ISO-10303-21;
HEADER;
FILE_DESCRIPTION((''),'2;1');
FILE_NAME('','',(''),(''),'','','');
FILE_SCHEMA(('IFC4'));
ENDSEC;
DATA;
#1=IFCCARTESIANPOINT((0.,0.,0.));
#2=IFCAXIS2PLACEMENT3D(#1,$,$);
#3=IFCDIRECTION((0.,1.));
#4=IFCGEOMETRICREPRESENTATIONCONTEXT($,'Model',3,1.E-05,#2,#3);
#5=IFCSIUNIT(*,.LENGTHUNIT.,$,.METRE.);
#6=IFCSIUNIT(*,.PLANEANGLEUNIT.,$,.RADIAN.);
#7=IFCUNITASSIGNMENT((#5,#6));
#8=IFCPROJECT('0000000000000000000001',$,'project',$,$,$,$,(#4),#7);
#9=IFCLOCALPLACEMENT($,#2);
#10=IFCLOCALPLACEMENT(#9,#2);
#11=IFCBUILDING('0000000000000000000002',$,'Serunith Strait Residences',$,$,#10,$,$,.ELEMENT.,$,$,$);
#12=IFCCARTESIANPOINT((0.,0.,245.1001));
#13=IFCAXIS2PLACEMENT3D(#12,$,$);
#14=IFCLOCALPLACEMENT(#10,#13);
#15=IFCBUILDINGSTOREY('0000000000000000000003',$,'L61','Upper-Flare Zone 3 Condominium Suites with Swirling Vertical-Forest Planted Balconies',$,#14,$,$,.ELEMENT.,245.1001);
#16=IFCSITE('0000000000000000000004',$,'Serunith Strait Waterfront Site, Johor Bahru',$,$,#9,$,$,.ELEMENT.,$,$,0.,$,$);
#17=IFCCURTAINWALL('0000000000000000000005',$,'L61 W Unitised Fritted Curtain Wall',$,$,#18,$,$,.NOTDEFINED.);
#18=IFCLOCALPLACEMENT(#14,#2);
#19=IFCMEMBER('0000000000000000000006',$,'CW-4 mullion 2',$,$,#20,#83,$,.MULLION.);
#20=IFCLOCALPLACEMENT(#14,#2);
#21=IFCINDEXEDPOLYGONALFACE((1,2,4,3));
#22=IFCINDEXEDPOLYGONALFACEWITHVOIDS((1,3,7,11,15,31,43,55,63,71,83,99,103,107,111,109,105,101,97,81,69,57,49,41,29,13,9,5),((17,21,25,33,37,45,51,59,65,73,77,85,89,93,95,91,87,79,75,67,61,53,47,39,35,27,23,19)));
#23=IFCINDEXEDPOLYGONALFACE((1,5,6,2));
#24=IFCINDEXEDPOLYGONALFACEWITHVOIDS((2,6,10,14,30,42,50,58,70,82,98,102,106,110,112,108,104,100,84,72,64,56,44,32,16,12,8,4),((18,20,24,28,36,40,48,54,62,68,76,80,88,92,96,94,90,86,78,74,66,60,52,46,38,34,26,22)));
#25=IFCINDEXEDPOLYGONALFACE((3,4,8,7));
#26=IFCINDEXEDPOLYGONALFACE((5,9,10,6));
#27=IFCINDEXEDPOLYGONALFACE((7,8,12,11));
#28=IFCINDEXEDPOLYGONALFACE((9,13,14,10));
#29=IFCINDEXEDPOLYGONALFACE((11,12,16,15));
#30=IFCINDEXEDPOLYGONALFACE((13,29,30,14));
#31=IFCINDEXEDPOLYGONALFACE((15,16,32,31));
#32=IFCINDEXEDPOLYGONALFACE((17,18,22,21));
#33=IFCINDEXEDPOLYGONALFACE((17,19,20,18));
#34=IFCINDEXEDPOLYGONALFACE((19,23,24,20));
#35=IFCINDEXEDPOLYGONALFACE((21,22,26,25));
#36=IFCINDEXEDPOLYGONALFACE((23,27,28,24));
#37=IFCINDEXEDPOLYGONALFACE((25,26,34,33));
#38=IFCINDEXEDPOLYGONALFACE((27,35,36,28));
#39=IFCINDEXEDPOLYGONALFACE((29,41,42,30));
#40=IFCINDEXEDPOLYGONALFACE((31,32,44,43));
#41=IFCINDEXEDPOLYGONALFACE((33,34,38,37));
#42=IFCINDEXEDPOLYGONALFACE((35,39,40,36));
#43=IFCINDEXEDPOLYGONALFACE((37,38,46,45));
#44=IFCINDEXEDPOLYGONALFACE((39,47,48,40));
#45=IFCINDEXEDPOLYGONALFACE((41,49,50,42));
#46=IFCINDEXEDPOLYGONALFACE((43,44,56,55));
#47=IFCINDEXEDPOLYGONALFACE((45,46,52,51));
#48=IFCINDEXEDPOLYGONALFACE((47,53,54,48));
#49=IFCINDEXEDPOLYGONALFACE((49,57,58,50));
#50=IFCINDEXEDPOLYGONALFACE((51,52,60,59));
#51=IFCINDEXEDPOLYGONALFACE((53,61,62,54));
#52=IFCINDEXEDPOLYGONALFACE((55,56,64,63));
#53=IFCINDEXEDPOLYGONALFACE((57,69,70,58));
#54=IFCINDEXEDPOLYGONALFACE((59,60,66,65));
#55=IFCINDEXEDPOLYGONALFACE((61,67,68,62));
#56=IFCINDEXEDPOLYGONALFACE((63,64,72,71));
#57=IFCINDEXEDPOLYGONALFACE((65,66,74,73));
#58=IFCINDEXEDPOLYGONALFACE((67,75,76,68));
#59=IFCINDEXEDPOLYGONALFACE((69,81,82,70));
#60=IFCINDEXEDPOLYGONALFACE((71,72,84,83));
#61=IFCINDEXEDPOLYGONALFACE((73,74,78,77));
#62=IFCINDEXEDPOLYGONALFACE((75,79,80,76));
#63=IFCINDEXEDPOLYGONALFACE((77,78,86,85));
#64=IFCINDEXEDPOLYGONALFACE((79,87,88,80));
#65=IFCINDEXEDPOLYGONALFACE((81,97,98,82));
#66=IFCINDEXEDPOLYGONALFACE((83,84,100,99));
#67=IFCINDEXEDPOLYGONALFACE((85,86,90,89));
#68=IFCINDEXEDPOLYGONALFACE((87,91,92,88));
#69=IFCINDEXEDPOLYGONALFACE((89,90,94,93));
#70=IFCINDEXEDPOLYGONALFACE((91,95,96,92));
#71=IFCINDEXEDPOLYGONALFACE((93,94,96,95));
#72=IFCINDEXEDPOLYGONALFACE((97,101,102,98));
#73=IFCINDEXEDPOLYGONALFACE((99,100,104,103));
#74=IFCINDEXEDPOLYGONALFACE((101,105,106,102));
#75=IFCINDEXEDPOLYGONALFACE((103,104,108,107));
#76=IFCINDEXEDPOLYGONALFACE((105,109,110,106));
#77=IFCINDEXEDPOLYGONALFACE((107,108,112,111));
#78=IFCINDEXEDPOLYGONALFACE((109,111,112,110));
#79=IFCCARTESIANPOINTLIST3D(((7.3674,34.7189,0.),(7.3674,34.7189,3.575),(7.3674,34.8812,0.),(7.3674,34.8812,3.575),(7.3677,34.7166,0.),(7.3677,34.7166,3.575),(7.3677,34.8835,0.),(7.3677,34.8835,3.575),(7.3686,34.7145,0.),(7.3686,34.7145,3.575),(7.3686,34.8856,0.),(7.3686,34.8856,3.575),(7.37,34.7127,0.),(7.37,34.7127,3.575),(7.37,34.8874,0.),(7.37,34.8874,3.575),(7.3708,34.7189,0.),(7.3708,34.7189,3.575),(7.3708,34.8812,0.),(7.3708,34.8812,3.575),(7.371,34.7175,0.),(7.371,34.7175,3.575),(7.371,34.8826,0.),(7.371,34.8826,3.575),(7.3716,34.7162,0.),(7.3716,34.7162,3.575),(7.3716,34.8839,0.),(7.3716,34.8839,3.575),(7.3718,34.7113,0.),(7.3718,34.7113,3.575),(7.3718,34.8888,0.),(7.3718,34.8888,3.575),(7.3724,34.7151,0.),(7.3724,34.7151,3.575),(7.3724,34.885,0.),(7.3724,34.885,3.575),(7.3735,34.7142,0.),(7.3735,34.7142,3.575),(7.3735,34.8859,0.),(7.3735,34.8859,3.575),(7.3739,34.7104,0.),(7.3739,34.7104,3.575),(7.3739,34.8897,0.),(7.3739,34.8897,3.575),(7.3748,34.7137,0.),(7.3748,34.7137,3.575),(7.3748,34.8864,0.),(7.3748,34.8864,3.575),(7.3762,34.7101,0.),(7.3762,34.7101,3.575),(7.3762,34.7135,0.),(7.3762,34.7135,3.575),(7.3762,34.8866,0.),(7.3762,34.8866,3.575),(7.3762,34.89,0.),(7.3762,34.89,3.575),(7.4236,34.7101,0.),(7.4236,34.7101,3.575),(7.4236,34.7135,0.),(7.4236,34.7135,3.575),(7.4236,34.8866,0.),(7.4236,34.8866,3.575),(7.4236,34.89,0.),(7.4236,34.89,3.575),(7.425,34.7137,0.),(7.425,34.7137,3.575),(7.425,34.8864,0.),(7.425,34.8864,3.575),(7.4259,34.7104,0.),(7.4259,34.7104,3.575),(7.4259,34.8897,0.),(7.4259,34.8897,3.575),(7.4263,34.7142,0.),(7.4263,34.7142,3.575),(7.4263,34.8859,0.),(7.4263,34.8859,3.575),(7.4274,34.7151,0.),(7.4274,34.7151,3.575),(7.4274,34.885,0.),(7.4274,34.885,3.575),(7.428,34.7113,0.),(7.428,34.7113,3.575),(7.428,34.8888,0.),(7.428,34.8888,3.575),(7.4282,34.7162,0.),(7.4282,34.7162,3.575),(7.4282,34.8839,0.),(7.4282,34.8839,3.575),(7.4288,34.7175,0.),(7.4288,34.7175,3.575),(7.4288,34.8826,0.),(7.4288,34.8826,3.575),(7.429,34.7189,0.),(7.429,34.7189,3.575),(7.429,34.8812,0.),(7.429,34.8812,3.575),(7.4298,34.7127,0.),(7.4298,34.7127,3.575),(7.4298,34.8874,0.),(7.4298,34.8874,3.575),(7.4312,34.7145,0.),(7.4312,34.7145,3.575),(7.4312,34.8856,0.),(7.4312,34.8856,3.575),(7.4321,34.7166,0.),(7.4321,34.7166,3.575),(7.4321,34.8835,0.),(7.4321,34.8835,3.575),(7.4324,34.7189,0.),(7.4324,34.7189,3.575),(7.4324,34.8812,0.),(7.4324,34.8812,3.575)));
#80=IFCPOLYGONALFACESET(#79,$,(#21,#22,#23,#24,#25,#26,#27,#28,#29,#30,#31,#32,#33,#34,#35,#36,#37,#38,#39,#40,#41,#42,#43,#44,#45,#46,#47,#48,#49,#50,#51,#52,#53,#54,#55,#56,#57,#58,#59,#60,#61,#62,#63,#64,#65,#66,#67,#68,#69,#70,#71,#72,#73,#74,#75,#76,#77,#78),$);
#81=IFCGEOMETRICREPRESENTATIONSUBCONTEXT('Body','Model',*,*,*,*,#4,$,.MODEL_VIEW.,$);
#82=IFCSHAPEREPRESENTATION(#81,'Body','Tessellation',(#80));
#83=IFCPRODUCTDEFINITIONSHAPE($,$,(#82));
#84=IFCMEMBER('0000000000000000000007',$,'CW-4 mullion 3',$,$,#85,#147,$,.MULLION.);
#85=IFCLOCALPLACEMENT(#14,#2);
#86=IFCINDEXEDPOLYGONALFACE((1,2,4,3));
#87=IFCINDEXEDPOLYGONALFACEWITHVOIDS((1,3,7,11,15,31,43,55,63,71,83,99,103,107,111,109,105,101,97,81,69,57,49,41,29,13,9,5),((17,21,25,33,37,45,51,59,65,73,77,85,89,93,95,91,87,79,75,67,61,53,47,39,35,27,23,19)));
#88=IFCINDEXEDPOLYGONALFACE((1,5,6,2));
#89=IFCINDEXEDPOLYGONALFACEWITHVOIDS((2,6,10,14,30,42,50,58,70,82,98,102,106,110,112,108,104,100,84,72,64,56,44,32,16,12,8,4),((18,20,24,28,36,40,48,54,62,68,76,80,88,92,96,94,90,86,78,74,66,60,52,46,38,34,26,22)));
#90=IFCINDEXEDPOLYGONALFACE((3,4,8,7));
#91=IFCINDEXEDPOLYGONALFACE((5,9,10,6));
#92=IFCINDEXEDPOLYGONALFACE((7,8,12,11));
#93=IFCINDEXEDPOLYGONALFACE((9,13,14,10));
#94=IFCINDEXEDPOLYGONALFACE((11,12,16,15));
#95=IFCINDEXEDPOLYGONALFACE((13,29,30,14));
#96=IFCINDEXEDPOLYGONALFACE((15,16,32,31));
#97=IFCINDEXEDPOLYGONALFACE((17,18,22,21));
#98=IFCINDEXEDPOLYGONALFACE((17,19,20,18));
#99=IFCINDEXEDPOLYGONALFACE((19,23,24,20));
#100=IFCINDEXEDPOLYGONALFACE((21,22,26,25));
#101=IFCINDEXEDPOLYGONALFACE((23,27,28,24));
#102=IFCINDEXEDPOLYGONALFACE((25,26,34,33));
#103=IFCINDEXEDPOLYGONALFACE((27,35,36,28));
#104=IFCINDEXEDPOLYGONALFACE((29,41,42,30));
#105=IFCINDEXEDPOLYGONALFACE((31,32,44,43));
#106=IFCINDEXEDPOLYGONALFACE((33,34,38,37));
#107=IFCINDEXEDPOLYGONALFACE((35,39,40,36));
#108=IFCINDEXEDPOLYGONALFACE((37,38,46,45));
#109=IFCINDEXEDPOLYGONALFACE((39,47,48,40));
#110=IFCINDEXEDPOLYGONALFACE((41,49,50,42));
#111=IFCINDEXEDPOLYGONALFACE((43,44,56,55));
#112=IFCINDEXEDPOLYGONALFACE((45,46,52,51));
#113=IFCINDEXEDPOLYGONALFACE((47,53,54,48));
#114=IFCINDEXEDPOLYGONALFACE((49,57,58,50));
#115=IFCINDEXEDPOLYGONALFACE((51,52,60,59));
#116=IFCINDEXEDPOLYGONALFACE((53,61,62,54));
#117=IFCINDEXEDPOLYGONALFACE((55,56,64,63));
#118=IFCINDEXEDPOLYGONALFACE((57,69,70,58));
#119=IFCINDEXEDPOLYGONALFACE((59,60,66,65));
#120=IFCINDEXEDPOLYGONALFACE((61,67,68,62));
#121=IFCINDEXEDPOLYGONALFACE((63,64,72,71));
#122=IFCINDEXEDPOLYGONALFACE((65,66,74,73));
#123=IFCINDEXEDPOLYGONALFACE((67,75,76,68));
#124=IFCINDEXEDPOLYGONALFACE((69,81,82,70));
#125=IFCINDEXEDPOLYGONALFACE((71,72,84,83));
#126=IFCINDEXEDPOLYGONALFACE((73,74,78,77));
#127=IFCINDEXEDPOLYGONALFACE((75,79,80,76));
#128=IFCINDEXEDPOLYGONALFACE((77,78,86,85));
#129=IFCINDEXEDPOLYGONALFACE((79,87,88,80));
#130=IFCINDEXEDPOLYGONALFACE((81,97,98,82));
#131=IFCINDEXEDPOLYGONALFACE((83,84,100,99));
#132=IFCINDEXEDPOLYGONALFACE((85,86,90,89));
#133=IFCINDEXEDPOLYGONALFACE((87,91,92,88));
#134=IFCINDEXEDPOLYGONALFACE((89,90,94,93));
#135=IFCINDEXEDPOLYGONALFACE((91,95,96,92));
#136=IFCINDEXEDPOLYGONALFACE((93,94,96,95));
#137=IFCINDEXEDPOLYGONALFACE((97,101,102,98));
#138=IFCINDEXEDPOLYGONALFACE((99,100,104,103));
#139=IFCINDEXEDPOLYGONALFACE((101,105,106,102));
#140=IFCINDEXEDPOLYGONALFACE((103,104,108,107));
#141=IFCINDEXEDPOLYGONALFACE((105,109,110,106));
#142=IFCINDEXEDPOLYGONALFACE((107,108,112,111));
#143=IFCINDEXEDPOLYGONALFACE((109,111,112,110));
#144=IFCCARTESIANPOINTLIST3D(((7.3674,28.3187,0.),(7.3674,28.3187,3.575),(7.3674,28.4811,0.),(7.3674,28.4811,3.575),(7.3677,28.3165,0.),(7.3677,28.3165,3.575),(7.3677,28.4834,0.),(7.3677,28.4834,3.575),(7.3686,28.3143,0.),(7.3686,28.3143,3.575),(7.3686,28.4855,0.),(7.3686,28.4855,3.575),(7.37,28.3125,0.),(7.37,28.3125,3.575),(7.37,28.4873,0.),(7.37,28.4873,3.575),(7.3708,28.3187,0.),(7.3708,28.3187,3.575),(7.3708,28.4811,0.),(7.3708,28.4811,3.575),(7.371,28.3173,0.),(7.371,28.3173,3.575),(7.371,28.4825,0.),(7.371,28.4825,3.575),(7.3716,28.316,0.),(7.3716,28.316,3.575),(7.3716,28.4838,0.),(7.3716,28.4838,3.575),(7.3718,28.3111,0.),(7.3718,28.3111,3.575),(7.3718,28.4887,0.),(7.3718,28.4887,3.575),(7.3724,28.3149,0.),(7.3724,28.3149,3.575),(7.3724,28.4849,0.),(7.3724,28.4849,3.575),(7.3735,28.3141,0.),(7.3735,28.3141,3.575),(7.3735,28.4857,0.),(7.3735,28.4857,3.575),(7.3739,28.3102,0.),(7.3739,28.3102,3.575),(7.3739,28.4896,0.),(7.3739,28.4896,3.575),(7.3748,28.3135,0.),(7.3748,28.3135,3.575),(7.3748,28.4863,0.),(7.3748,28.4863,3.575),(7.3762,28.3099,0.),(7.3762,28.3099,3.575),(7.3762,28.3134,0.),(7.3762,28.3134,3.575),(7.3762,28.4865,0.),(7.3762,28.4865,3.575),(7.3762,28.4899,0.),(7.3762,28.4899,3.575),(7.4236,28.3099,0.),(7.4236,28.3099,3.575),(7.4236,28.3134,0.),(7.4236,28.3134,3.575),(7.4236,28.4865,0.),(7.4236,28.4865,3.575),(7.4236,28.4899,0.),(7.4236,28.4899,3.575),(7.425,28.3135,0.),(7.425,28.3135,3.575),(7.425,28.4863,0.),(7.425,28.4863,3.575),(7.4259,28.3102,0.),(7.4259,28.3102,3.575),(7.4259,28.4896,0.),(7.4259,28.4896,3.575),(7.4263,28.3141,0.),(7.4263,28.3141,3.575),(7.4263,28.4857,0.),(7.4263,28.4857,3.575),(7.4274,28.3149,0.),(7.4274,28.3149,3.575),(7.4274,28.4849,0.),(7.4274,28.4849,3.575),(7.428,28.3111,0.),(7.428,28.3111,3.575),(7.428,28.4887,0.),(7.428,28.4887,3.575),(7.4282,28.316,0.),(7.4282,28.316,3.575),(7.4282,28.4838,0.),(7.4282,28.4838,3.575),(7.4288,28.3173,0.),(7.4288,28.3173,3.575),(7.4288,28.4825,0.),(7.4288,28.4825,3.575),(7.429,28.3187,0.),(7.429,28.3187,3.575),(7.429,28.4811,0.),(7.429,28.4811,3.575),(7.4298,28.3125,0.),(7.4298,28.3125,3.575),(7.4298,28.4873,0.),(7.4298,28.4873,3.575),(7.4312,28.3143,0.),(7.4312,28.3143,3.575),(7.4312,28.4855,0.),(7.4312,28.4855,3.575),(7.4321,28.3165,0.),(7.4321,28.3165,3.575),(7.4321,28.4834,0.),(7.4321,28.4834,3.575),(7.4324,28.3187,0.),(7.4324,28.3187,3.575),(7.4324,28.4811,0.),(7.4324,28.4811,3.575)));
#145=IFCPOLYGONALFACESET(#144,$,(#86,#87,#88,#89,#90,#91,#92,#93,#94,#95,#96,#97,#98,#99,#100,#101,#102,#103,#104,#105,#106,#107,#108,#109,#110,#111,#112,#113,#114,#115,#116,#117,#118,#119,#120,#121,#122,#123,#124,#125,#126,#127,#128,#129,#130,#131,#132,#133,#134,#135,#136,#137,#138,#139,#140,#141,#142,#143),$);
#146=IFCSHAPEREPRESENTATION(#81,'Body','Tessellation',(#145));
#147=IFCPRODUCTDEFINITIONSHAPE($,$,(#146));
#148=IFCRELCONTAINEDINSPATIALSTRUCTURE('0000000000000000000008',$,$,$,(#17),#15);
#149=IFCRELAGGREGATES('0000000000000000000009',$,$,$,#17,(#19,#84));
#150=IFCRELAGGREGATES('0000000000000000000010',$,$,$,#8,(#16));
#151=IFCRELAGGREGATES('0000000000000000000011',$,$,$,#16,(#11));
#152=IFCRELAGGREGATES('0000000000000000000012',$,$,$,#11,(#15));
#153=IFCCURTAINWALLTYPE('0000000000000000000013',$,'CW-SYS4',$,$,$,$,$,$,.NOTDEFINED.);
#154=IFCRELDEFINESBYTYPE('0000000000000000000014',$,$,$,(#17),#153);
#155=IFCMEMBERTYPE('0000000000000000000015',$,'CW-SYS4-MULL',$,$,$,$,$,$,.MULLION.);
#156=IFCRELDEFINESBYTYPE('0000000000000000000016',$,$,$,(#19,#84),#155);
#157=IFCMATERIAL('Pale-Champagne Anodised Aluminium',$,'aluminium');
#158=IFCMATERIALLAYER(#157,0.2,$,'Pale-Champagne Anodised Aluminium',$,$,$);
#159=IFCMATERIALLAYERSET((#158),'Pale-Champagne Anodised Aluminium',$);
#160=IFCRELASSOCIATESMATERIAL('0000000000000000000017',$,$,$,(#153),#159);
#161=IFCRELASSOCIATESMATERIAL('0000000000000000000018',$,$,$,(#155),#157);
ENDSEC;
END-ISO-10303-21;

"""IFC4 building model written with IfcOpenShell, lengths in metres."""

from ifc_helpers import new_model, si_unit, direction, frame, origin, origin_2d, place, context, subcontext, project, spatial, hollow_rectangle, extrude, source, transform, mapped, material, layer, layer_set, material_profile, profile_set, type_object, element, aggregate, save


model = new_model("IFC4")

# Units and contexts
model_context = context("Model", 3, precision=1e-05, world=origin(), true_north=direction((0.0, 1.0)))
body_context = subcontext(model_context, "Body", "Model", "MODEL_VIEW")
ifc_project = project(units=[si_unit("LENGTHUNIT", "METRE"), si_unit("PLANEANGLEUNIT", "RADIAN")], contexts=[model_context])

# Site, building, storey
site_placement = place(None, origin())
site = spatial("IfcSite", under=ifc_project, at=site_placement, Name="Serunith Strait Waterfront Site, Johor Bahru", CompositionType="ELEMENT", RefElevation=0.0)
building_placement = place(site_placement, origin())
building = spatial("IfcBuilding", under=site, at=building_placement, Name="Serunith Strait Residences", CompositionType="ELEMENT")
storey_placement = place(building_placement, frame((0.0, 0.0, 245.1001)))
storey = spatial("IfcBuildingStorey", under=building, at=storey_placement, Name="L61", Description="Upper-Flare Zone 3 Condominium Suites with Swirling Vertical-Forest Planted Balconies", CompositionType="ELEMENT", Elevation=245.1001)

# Curtain wall, members
ifc_material_1 = material(Name="Pale-Champagne Anodised Aluminium", Category="aluminium")
ifc_layer_1 = layer(ifc_material_1, 0.2, Name="Pale-Champagne Anodised Aluminium")
ifc_layer_set_1 = layer_set([ifc_layer_1], Name="Pale-Champagne Anodised Aluminium")
curtain_wall_type = type_object("IfcCurtainWallType", Name="CW-SYS4", PredefinedType="NOTDEFINED", material=ifc_layer_set_1)
curtain_wall_placement = place(storey_placement, origin())
curtain_wall = element("IfcCurtainWall", 1, at=curtain_wall_placement, inside=storey, type_object=curtain_wall_type, Name="L61 W Unitised Fritted Curtain Wall", PredefinedType="NOTDEFINED")
ifc_material_profile_1 = material_profile(ifc_material_1, hollow_rectangle(XDim=0.0649, YDim=0.1799, WallThickness=0.0034, InnerFilletRadius=0.0054, OuterFilletRadius=0.0088, at=origin_2d()), Name="ALU 180x65x3.5")
ifc_profile_set_1 = profile_set([ifc_material_profile_1], Name="Pale-Champagne Anodised Aluminium")
member_type_1 = type_object("IfcMemberType", Name="CW-SYS4-MULL", PredefinedType="MULLION", material=ifc_profile_set_1)
shared_shape_1 = source(origin(), body_context, "Body", "SweptSolid", [
    extrude(hollow_rectangle(XDim=0.0649, YDim=0.1799, WallThickness=0.0034, InnerFilletRadius=0.0054, OuterFilletRadius=0.0088, at=origin_2d()), origin(), (0.0, 0.0, 1.0), 3.575),
])
member_1_placement = place(storey_placement, frame((7.3999, 34.8, 0.0), z_axis=(0.0, 0.0, 1.0), x_axis=(1.0, 0.0, 0.0)))
member_1 = element("IfcMember", 2, at=member_1_placement, type_object=member_type_1, Name="CW-4 mullion 2", PredefinedType="MULLION", context=body_context, shape_type="MappedRepresentation", body=[
    mapped(shared_shape_1, transform((0.0, 0.0, 0.0), scale=1.0)),
])
member_2_placement = place(storey_placement, frame((7.3999, 28.3999, 0.0), z_axis=(0.0, 0.0, 1.0), x_axis=(1.0, 0.0, 0.0)))
member_2 = element("IfcMember", 3, at=member_2_placement, type_object=member_type_1, Name="CW-4 mullion 3", PredefinedType="MULLION", context=body_context, shape_type="MappedRepresentation", body=[
    mapped(shared_shape_1, transform((0.0, 0.0, 0.0), scale=1.0)),
])
aggregate(curtain_wall, [member_1, member_2])

save(model, "model.ifc")
